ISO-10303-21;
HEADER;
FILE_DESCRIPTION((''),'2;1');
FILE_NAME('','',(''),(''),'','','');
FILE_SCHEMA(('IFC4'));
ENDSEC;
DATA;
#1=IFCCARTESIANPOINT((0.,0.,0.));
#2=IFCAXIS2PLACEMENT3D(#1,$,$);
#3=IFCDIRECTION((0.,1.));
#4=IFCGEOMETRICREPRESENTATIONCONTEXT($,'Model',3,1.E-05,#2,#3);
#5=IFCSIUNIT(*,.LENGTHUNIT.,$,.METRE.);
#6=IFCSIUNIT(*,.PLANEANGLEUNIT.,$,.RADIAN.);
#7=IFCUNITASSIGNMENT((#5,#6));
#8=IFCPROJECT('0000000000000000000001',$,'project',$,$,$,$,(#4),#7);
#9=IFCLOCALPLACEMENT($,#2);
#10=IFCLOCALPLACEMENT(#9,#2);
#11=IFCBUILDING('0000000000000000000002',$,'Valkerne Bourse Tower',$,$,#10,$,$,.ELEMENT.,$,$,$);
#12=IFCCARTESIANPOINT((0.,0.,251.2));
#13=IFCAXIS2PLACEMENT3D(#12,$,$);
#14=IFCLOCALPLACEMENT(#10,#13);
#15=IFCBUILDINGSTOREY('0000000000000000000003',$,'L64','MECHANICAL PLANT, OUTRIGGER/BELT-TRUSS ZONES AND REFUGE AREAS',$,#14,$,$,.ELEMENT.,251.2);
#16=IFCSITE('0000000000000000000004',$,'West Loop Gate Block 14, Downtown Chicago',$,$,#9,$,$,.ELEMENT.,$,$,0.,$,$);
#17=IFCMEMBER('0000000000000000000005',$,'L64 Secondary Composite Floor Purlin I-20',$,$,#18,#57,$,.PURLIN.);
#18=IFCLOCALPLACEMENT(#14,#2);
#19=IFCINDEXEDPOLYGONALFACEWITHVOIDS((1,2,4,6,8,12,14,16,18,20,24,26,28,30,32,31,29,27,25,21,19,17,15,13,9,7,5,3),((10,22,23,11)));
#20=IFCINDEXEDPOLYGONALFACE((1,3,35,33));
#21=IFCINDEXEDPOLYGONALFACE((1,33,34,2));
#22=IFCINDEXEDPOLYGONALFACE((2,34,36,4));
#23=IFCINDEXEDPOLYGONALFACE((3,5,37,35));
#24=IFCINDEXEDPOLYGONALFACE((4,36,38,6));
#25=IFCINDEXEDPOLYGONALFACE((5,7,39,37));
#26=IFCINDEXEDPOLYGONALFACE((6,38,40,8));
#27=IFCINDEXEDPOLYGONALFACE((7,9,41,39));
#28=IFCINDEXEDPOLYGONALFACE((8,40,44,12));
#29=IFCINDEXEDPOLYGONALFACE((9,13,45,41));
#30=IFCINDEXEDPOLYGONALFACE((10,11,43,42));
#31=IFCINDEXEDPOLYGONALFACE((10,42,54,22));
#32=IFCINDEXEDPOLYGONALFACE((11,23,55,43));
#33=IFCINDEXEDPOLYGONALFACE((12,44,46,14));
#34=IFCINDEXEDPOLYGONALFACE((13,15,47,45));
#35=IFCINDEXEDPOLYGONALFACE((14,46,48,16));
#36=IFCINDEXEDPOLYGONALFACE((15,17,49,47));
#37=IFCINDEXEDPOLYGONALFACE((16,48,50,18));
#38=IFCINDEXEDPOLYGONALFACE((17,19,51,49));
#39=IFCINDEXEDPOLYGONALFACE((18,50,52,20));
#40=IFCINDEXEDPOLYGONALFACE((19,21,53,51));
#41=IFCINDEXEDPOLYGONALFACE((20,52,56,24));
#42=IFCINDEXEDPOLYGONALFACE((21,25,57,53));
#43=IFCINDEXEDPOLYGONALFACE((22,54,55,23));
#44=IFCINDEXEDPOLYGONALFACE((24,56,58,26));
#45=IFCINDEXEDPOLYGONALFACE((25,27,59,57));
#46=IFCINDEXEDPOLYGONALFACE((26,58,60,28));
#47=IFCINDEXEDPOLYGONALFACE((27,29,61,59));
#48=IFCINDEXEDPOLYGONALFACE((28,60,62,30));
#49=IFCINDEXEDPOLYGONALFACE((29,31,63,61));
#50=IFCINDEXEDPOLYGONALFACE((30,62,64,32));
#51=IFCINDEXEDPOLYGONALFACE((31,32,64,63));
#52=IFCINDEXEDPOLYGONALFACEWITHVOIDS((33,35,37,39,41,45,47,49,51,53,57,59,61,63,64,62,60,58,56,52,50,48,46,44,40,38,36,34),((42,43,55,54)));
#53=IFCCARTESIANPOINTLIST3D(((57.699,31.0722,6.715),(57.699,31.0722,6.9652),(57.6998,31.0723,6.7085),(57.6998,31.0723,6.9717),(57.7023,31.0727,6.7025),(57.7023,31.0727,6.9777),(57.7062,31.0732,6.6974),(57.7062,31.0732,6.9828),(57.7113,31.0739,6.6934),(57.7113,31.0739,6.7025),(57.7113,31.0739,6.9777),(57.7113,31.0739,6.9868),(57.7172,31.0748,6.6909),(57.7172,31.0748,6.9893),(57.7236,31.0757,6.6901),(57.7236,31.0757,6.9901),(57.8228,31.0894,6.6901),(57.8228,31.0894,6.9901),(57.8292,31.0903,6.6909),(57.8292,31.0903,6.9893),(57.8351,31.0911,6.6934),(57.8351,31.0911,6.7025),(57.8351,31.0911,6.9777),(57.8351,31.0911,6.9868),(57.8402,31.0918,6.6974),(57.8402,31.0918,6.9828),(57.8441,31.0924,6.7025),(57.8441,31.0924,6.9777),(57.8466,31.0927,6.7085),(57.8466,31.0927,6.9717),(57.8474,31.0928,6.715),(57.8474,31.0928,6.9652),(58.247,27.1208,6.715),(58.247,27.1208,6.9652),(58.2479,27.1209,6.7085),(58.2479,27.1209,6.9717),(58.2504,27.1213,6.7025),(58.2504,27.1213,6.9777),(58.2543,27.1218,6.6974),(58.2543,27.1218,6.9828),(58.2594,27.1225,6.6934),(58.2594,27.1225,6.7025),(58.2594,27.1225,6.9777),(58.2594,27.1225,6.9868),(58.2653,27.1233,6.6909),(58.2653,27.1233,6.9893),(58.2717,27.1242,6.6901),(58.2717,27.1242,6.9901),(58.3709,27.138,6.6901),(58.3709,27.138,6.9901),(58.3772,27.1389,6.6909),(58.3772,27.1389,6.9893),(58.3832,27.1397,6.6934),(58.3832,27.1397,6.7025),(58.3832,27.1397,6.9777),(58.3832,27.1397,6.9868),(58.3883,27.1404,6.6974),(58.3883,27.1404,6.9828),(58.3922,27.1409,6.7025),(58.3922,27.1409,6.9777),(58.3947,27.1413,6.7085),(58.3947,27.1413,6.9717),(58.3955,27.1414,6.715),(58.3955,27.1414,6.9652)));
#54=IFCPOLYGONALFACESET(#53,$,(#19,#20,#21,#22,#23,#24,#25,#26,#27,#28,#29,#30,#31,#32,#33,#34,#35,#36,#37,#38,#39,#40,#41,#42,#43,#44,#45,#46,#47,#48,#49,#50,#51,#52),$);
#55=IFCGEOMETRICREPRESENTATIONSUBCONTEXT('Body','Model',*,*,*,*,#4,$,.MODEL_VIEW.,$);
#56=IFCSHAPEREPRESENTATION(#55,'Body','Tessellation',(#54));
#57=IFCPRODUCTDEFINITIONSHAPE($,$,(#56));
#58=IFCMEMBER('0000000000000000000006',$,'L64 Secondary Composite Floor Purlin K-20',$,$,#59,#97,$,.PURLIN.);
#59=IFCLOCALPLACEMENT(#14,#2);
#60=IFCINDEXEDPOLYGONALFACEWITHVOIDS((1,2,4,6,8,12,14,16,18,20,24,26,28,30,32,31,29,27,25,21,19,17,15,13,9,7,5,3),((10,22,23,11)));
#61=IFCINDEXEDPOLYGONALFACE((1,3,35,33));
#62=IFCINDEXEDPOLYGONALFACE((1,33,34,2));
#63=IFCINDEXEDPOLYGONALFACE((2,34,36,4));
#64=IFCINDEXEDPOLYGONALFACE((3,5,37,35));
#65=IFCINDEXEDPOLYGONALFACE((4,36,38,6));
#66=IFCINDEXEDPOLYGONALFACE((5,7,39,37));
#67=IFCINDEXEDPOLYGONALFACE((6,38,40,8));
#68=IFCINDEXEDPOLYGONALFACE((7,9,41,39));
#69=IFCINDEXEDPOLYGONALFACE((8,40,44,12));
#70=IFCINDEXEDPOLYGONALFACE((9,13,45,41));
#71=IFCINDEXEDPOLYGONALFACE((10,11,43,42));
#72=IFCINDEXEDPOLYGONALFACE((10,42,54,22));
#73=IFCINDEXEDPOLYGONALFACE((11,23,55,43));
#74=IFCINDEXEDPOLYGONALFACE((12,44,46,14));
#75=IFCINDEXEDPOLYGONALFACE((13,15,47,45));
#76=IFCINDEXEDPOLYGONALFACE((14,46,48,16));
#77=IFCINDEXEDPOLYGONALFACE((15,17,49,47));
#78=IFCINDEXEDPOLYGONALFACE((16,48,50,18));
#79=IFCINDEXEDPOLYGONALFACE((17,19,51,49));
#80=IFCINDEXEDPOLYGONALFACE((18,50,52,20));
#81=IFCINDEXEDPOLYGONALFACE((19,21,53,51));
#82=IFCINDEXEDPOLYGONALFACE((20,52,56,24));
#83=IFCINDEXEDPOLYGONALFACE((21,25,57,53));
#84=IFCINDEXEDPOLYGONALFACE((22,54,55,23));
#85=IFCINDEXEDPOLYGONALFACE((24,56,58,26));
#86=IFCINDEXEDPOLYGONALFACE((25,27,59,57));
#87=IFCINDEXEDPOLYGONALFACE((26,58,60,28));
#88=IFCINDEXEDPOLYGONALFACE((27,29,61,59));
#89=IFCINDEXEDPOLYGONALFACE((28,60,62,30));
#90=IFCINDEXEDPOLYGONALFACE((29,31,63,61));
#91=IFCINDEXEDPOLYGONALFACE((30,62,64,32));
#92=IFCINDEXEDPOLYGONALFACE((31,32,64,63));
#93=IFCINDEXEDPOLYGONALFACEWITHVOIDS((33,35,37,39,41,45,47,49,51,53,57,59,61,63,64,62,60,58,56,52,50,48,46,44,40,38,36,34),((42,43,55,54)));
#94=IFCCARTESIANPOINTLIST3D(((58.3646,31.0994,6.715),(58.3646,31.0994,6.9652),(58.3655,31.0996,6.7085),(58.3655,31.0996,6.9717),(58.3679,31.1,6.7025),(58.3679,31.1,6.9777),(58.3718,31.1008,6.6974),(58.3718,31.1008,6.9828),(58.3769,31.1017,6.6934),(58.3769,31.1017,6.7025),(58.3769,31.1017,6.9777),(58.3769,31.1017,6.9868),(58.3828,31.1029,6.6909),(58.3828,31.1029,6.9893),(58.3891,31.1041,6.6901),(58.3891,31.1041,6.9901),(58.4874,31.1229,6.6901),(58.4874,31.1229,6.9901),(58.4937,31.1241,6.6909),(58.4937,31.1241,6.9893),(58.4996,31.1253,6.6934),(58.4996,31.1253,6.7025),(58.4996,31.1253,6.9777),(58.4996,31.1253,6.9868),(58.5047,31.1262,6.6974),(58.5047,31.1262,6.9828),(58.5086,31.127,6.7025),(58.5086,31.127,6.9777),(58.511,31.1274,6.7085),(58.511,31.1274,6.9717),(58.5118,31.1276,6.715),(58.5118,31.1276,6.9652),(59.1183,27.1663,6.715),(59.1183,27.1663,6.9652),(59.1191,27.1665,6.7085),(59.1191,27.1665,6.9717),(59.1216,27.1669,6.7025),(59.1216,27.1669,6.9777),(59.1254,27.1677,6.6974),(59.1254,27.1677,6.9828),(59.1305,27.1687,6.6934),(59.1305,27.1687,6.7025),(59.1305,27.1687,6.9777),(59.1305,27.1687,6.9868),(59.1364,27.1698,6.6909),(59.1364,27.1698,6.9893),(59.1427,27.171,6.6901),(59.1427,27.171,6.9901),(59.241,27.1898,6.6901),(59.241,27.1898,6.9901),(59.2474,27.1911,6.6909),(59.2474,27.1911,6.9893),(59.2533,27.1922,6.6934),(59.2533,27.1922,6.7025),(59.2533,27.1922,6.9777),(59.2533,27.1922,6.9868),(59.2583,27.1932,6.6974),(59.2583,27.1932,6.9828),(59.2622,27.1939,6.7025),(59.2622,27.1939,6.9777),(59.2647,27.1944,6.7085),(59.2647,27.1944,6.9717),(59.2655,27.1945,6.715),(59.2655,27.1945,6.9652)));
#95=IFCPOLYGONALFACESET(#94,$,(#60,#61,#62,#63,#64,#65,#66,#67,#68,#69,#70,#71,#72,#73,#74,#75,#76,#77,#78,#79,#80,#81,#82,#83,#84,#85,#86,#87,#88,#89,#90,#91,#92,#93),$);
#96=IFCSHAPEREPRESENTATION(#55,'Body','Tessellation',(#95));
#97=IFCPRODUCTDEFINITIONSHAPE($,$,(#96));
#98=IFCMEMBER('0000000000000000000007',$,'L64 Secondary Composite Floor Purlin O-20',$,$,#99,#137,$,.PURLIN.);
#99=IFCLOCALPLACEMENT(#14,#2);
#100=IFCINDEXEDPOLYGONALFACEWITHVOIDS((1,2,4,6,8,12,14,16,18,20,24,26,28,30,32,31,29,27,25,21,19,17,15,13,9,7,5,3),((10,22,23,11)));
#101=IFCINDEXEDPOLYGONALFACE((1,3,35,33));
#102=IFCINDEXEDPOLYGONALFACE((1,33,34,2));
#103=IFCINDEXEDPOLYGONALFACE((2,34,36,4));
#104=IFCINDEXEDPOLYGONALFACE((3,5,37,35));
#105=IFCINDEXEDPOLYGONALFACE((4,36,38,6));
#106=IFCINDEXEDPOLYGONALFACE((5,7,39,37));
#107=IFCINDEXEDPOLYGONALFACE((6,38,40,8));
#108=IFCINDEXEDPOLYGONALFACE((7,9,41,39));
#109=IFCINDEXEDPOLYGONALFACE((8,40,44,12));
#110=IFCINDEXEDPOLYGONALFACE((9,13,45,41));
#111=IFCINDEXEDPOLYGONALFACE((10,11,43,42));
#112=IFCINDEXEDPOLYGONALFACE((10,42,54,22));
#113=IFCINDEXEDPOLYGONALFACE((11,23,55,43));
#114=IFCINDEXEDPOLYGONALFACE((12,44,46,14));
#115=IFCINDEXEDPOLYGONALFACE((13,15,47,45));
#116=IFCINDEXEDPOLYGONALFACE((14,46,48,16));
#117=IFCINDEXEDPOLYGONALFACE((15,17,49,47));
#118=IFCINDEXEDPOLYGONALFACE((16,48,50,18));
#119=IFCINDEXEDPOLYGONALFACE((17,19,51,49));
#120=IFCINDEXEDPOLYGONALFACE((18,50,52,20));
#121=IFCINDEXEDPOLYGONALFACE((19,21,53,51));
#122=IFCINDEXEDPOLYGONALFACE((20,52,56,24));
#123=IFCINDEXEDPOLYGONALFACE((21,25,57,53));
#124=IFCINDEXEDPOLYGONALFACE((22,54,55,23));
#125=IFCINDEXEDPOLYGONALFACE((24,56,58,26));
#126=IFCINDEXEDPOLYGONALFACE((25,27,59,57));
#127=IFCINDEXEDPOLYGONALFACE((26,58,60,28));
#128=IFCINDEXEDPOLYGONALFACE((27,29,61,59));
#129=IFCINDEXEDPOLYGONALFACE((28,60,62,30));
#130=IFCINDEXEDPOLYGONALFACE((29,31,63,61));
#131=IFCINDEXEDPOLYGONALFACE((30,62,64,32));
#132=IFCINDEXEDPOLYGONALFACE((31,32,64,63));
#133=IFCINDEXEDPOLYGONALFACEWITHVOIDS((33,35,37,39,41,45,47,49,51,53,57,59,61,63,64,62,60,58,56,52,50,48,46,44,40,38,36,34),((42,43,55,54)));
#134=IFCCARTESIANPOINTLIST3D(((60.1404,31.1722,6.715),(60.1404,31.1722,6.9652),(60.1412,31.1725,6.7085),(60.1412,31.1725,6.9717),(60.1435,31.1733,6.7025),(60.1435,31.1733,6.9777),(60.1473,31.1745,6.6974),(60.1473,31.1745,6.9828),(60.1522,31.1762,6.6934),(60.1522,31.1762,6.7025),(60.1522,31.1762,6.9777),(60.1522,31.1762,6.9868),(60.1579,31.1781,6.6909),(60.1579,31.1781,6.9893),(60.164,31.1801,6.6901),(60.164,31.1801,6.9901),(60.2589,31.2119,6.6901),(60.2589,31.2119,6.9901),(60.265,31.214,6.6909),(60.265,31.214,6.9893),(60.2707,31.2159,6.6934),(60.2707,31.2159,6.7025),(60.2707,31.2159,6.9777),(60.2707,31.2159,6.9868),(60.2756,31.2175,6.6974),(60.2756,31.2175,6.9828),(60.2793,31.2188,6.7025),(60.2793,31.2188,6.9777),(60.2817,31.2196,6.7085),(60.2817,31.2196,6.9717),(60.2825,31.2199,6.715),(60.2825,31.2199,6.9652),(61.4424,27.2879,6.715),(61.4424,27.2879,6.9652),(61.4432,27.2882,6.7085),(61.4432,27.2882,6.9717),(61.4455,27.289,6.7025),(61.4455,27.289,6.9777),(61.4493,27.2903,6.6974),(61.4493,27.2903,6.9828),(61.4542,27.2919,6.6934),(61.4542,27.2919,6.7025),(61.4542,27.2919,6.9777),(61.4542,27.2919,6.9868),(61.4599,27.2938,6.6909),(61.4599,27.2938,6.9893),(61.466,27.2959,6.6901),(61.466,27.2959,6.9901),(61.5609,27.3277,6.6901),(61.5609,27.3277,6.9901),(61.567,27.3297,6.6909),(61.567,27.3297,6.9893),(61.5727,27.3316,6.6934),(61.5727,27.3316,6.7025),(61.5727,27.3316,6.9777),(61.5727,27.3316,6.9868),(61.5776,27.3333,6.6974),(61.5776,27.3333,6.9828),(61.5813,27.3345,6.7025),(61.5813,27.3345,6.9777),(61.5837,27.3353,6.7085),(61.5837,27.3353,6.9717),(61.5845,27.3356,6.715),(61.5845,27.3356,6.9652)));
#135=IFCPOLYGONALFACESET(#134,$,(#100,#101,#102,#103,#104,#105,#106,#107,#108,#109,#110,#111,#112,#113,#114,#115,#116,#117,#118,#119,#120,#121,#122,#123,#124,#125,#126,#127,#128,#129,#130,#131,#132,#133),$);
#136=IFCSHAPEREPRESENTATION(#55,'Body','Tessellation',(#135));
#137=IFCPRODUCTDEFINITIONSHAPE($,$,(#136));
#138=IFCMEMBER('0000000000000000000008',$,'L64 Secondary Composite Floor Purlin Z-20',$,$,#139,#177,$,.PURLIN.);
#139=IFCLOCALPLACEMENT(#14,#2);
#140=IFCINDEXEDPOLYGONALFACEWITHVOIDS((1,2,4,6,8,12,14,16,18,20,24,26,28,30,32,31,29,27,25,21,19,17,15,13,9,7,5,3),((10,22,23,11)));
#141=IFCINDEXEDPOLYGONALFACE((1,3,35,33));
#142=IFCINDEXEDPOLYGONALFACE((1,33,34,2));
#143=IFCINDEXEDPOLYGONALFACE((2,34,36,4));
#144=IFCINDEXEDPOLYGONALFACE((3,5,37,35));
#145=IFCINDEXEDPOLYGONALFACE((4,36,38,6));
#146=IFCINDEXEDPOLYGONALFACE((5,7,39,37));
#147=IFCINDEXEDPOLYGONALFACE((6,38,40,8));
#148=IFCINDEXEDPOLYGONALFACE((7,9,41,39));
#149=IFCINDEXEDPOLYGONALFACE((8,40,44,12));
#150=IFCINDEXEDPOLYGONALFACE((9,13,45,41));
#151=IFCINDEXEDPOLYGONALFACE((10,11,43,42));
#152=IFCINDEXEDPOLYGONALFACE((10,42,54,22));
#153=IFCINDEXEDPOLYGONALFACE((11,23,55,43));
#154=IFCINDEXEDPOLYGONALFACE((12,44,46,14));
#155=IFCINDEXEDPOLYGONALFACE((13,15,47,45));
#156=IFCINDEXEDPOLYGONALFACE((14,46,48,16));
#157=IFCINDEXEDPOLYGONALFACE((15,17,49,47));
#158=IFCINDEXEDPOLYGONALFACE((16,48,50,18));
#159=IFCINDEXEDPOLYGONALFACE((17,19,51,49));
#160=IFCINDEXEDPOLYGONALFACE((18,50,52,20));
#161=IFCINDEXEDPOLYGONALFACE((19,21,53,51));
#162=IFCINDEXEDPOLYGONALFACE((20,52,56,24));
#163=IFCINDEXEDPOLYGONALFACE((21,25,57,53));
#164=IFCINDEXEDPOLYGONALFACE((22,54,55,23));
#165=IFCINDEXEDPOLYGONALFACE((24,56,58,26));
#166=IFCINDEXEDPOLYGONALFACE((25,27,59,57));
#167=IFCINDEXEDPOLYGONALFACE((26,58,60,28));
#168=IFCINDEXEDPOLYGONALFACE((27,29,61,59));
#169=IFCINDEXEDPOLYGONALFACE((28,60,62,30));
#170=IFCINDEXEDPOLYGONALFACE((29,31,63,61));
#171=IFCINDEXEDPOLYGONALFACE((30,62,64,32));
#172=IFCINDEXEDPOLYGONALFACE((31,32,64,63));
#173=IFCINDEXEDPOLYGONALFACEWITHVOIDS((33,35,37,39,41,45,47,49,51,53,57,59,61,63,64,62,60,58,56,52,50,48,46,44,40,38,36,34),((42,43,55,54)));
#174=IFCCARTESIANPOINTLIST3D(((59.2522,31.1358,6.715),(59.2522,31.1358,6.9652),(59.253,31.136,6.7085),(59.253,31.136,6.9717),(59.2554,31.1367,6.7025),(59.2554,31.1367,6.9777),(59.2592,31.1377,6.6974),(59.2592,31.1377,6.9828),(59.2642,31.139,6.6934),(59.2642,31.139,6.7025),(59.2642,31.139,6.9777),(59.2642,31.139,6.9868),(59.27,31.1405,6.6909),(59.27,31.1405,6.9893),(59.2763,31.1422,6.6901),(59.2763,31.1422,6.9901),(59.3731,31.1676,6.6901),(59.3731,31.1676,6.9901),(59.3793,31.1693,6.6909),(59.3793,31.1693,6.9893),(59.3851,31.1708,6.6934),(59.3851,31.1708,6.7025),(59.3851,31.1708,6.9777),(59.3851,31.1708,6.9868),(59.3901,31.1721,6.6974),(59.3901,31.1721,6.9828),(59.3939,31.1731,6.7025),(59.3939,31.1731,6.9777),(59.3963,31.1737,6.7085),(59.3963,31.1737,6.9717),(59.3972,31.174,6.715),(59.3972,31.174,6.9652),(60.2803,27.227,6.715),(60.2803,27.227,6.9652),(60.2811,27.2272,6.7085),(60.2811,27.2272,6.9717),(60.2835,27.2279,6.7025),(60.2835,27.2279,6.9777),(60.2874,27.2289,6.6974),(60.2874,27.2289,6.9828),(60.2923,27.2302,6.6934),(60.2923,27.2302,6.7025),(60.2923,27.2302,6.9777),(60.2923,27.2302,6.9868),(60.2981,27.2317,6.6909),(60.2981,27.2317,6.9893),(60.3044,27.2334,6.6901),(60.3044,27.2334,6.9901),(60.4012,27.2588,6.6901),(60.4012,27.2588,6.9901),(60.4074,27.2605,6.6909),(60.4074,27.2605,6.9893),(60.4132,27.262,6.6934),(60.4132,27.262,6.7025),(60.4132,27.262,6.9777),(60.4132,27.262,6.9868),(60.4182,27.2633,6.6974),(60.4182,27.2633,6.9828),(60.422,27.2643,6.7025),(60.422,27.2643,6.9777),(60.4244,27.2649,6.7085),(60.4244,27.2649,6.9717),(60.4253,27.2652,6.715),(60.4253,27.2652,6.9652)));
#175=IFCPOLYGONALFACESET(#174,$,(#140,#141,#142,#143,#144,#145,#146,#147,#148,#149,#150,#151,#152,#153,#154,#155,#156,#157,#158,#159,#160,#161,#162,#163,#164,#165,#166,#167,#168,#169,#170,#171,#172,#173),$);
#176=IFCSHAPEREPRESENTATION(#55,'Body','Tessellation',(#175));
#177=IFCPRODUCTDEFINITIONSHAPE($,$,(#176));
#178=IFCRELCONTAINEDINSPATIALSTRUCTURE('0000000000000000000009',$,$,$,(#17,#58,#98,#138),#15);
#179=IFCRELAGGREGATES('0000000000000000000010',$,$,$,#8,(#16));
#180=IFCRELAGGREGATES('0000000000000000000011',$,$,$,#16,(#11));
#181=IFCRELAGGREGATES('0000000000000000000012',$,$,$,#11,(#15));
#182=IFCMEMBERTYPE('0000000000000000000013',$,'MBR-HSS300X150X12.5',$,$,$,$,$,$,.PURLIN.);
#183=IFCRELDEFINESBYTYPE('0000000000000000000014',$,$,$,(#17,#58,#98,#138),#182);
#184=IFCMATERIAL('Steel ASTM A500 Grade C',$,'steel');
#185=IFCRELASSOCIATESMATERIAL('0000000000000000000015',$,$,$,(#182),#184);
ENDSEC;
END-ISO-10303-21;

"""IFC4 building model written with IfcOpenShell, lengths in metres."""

from ifc_helpers import new_model, si_unit, direction, frame, origin, origin_2d, place, context, subcontext, project, spatial, hollow_rectangle, extrude, material, material_profile, profile_set, type_object, element, save


model = new_model("IFC4")

# Units and contexts
model_context = context("Model", 3, precision=1e-05, world=origin(), true_north=direction((0.0, 1.0)))
body_context = subcontext(model_context, "Body", "Model", "MODEL_VIEW")
ifc_project = project(units=[si_unit("LENGTHUNIT", "METRE"), si_unit("PLANEANGLEUNIT", "RADIAN")], contexts=[model_context])

# Site, building, storey
site_placement = place(None, origin())
site = spatial("IfcSite", under=ifc_project, at=site_placement, Name="West Loop Gate Block 14, Downtown Chicago", CompositionType="ELEMENT", RefElevation=0.0)
building_placement = place(site_placement, origin())
building = spatial("IfcBuilding", under=site, at=building_placement, Name="Valkerne Bourse Tower", CompositionType="ELEMENT")
storey_placement = place(building_placement, frame((0.0, 0.0, 251.2)))
storey = spatial("IfcBuildingStorey", under=building, at=storey_placement, Name="L64", Description="MECHANICAL PLANT, OUTRIGGER/BELT-TRUSS ZONES AND REFUGE AREAS", CompositionType="ELEMENT", Elevation=251.2)

# Members
ifc_material_1 = material(Name="Steel ASTM A500 Grade C", Category="steel")
ifc_material_profile_1 = material_profile(ifc_material_1, hollow_rectangle(XDim=0.1499, YDim=0.3, WallThickness=0.0125, OuterFilletRadius=0.0249, at=origin_2d()), Name="HSS300X150X12.5")
ifc_profile_set_1 = profile_set([ifc_material_profile_1], Name="Steel ASTM A500 Grade C")
member_type_1 = type_object("IfcMemberType", Name="MBR-HSS300X150X12.5", PredefinedType="PURLIN", material=ifc_profile_set_1)
member_1_placement = place(storey_placement, frame((58.3213, 27.1311, 6.8401), z_axis=(-0.137393, 0.990517, 0.0), x_axis=(-0.990517, -0.137393, 0.0)))
element("IfcMember", 1, at=member_1_placement, inside=storey, type_object=member_type_1, Name="L64 Secondary Composite Floor Purlin I-20", PredefinedType="PURLIN", context=body_context, shape_type="SweptSolid", body=[
    extrude(hollow_rectangle(XDim=0.1499, YDim=0.3, WallThickness=0.0125, OuterFilletRadius=0.0249, at=origin_2d()), origin(), (0.0, 0.0, 1.0), 3.9893),
])
member_2_placement = place(storey_placement, frame((59.1919, 27.1804, 6.8401), z_axis=(-0.188196, 0.982131, 0.0), x_axis=(-0.982131, -0.188196, 0.0)))
element("IfcMember", 2, at=member_2_placement, inside=storey, type_object=member_type_1, Name="L64 Secondary Composite Floor Purlin K-20", PredefinedType="PURLIN", context=body_context, shape_type="SweptSolid", body=[
    extrude(hollow_rectangle(XDim=0.1499, YDim=0.3, WallThickness=0.0125, OuterFilletRadius=0.0249, at=origin_2d()), origin(), (0.0, 0.0, 1.0), 4.0046),
])
member_3_placement = place(storey_placement, frame((61.5134, 27.3118, 6.8401), z_axis=(-0.317818, 0.948152, 0.0), x_axis=(-0.948152, -0.317818, 0.0)))
element("IfcMember", 3, at=member_3_placement, inside=storey, type_object=member_type_1, Name="L64 Secondary Composite Floor Purlin O-20", PredefinedType="PURLIN", context=body_context, shape_type="SweptSolid", body=[
    extrude(hollow_rectangle(XDim=0.1499, YDim=0.3, WallThickness=0.0125, OuterFilletRadius=0.0249, at=origin_2d()), origin(), (0.0, 0.0, 1.0), 4.0967),
])
member_4_placement = place(storey_placement, frame((60.3528, 27.2461, 6.8401), z_axis=(-0.254371, 0.967107, 0.0), x_axis=(-0.967107, -0.254371, 0.0)))
element("IfcMember", 4, at=member_4_placement, inside=storey, type_object=member_type_1, Name="L64 Secondary Composite Floor Purlin Z-20", PredefinedType="PURLIN", context=body_context, shape_type="SweptSolid", body=[
    extrude(hollow_rectangle(XDim=0.1499, YDim=0.3, WallThickness=0.0125, OuterFilletRadius=0.0249, at=origin_2d()), origin(), (0.0, 0.0, 1.0), 4.0417),
])

save(model, "model.ifc")
